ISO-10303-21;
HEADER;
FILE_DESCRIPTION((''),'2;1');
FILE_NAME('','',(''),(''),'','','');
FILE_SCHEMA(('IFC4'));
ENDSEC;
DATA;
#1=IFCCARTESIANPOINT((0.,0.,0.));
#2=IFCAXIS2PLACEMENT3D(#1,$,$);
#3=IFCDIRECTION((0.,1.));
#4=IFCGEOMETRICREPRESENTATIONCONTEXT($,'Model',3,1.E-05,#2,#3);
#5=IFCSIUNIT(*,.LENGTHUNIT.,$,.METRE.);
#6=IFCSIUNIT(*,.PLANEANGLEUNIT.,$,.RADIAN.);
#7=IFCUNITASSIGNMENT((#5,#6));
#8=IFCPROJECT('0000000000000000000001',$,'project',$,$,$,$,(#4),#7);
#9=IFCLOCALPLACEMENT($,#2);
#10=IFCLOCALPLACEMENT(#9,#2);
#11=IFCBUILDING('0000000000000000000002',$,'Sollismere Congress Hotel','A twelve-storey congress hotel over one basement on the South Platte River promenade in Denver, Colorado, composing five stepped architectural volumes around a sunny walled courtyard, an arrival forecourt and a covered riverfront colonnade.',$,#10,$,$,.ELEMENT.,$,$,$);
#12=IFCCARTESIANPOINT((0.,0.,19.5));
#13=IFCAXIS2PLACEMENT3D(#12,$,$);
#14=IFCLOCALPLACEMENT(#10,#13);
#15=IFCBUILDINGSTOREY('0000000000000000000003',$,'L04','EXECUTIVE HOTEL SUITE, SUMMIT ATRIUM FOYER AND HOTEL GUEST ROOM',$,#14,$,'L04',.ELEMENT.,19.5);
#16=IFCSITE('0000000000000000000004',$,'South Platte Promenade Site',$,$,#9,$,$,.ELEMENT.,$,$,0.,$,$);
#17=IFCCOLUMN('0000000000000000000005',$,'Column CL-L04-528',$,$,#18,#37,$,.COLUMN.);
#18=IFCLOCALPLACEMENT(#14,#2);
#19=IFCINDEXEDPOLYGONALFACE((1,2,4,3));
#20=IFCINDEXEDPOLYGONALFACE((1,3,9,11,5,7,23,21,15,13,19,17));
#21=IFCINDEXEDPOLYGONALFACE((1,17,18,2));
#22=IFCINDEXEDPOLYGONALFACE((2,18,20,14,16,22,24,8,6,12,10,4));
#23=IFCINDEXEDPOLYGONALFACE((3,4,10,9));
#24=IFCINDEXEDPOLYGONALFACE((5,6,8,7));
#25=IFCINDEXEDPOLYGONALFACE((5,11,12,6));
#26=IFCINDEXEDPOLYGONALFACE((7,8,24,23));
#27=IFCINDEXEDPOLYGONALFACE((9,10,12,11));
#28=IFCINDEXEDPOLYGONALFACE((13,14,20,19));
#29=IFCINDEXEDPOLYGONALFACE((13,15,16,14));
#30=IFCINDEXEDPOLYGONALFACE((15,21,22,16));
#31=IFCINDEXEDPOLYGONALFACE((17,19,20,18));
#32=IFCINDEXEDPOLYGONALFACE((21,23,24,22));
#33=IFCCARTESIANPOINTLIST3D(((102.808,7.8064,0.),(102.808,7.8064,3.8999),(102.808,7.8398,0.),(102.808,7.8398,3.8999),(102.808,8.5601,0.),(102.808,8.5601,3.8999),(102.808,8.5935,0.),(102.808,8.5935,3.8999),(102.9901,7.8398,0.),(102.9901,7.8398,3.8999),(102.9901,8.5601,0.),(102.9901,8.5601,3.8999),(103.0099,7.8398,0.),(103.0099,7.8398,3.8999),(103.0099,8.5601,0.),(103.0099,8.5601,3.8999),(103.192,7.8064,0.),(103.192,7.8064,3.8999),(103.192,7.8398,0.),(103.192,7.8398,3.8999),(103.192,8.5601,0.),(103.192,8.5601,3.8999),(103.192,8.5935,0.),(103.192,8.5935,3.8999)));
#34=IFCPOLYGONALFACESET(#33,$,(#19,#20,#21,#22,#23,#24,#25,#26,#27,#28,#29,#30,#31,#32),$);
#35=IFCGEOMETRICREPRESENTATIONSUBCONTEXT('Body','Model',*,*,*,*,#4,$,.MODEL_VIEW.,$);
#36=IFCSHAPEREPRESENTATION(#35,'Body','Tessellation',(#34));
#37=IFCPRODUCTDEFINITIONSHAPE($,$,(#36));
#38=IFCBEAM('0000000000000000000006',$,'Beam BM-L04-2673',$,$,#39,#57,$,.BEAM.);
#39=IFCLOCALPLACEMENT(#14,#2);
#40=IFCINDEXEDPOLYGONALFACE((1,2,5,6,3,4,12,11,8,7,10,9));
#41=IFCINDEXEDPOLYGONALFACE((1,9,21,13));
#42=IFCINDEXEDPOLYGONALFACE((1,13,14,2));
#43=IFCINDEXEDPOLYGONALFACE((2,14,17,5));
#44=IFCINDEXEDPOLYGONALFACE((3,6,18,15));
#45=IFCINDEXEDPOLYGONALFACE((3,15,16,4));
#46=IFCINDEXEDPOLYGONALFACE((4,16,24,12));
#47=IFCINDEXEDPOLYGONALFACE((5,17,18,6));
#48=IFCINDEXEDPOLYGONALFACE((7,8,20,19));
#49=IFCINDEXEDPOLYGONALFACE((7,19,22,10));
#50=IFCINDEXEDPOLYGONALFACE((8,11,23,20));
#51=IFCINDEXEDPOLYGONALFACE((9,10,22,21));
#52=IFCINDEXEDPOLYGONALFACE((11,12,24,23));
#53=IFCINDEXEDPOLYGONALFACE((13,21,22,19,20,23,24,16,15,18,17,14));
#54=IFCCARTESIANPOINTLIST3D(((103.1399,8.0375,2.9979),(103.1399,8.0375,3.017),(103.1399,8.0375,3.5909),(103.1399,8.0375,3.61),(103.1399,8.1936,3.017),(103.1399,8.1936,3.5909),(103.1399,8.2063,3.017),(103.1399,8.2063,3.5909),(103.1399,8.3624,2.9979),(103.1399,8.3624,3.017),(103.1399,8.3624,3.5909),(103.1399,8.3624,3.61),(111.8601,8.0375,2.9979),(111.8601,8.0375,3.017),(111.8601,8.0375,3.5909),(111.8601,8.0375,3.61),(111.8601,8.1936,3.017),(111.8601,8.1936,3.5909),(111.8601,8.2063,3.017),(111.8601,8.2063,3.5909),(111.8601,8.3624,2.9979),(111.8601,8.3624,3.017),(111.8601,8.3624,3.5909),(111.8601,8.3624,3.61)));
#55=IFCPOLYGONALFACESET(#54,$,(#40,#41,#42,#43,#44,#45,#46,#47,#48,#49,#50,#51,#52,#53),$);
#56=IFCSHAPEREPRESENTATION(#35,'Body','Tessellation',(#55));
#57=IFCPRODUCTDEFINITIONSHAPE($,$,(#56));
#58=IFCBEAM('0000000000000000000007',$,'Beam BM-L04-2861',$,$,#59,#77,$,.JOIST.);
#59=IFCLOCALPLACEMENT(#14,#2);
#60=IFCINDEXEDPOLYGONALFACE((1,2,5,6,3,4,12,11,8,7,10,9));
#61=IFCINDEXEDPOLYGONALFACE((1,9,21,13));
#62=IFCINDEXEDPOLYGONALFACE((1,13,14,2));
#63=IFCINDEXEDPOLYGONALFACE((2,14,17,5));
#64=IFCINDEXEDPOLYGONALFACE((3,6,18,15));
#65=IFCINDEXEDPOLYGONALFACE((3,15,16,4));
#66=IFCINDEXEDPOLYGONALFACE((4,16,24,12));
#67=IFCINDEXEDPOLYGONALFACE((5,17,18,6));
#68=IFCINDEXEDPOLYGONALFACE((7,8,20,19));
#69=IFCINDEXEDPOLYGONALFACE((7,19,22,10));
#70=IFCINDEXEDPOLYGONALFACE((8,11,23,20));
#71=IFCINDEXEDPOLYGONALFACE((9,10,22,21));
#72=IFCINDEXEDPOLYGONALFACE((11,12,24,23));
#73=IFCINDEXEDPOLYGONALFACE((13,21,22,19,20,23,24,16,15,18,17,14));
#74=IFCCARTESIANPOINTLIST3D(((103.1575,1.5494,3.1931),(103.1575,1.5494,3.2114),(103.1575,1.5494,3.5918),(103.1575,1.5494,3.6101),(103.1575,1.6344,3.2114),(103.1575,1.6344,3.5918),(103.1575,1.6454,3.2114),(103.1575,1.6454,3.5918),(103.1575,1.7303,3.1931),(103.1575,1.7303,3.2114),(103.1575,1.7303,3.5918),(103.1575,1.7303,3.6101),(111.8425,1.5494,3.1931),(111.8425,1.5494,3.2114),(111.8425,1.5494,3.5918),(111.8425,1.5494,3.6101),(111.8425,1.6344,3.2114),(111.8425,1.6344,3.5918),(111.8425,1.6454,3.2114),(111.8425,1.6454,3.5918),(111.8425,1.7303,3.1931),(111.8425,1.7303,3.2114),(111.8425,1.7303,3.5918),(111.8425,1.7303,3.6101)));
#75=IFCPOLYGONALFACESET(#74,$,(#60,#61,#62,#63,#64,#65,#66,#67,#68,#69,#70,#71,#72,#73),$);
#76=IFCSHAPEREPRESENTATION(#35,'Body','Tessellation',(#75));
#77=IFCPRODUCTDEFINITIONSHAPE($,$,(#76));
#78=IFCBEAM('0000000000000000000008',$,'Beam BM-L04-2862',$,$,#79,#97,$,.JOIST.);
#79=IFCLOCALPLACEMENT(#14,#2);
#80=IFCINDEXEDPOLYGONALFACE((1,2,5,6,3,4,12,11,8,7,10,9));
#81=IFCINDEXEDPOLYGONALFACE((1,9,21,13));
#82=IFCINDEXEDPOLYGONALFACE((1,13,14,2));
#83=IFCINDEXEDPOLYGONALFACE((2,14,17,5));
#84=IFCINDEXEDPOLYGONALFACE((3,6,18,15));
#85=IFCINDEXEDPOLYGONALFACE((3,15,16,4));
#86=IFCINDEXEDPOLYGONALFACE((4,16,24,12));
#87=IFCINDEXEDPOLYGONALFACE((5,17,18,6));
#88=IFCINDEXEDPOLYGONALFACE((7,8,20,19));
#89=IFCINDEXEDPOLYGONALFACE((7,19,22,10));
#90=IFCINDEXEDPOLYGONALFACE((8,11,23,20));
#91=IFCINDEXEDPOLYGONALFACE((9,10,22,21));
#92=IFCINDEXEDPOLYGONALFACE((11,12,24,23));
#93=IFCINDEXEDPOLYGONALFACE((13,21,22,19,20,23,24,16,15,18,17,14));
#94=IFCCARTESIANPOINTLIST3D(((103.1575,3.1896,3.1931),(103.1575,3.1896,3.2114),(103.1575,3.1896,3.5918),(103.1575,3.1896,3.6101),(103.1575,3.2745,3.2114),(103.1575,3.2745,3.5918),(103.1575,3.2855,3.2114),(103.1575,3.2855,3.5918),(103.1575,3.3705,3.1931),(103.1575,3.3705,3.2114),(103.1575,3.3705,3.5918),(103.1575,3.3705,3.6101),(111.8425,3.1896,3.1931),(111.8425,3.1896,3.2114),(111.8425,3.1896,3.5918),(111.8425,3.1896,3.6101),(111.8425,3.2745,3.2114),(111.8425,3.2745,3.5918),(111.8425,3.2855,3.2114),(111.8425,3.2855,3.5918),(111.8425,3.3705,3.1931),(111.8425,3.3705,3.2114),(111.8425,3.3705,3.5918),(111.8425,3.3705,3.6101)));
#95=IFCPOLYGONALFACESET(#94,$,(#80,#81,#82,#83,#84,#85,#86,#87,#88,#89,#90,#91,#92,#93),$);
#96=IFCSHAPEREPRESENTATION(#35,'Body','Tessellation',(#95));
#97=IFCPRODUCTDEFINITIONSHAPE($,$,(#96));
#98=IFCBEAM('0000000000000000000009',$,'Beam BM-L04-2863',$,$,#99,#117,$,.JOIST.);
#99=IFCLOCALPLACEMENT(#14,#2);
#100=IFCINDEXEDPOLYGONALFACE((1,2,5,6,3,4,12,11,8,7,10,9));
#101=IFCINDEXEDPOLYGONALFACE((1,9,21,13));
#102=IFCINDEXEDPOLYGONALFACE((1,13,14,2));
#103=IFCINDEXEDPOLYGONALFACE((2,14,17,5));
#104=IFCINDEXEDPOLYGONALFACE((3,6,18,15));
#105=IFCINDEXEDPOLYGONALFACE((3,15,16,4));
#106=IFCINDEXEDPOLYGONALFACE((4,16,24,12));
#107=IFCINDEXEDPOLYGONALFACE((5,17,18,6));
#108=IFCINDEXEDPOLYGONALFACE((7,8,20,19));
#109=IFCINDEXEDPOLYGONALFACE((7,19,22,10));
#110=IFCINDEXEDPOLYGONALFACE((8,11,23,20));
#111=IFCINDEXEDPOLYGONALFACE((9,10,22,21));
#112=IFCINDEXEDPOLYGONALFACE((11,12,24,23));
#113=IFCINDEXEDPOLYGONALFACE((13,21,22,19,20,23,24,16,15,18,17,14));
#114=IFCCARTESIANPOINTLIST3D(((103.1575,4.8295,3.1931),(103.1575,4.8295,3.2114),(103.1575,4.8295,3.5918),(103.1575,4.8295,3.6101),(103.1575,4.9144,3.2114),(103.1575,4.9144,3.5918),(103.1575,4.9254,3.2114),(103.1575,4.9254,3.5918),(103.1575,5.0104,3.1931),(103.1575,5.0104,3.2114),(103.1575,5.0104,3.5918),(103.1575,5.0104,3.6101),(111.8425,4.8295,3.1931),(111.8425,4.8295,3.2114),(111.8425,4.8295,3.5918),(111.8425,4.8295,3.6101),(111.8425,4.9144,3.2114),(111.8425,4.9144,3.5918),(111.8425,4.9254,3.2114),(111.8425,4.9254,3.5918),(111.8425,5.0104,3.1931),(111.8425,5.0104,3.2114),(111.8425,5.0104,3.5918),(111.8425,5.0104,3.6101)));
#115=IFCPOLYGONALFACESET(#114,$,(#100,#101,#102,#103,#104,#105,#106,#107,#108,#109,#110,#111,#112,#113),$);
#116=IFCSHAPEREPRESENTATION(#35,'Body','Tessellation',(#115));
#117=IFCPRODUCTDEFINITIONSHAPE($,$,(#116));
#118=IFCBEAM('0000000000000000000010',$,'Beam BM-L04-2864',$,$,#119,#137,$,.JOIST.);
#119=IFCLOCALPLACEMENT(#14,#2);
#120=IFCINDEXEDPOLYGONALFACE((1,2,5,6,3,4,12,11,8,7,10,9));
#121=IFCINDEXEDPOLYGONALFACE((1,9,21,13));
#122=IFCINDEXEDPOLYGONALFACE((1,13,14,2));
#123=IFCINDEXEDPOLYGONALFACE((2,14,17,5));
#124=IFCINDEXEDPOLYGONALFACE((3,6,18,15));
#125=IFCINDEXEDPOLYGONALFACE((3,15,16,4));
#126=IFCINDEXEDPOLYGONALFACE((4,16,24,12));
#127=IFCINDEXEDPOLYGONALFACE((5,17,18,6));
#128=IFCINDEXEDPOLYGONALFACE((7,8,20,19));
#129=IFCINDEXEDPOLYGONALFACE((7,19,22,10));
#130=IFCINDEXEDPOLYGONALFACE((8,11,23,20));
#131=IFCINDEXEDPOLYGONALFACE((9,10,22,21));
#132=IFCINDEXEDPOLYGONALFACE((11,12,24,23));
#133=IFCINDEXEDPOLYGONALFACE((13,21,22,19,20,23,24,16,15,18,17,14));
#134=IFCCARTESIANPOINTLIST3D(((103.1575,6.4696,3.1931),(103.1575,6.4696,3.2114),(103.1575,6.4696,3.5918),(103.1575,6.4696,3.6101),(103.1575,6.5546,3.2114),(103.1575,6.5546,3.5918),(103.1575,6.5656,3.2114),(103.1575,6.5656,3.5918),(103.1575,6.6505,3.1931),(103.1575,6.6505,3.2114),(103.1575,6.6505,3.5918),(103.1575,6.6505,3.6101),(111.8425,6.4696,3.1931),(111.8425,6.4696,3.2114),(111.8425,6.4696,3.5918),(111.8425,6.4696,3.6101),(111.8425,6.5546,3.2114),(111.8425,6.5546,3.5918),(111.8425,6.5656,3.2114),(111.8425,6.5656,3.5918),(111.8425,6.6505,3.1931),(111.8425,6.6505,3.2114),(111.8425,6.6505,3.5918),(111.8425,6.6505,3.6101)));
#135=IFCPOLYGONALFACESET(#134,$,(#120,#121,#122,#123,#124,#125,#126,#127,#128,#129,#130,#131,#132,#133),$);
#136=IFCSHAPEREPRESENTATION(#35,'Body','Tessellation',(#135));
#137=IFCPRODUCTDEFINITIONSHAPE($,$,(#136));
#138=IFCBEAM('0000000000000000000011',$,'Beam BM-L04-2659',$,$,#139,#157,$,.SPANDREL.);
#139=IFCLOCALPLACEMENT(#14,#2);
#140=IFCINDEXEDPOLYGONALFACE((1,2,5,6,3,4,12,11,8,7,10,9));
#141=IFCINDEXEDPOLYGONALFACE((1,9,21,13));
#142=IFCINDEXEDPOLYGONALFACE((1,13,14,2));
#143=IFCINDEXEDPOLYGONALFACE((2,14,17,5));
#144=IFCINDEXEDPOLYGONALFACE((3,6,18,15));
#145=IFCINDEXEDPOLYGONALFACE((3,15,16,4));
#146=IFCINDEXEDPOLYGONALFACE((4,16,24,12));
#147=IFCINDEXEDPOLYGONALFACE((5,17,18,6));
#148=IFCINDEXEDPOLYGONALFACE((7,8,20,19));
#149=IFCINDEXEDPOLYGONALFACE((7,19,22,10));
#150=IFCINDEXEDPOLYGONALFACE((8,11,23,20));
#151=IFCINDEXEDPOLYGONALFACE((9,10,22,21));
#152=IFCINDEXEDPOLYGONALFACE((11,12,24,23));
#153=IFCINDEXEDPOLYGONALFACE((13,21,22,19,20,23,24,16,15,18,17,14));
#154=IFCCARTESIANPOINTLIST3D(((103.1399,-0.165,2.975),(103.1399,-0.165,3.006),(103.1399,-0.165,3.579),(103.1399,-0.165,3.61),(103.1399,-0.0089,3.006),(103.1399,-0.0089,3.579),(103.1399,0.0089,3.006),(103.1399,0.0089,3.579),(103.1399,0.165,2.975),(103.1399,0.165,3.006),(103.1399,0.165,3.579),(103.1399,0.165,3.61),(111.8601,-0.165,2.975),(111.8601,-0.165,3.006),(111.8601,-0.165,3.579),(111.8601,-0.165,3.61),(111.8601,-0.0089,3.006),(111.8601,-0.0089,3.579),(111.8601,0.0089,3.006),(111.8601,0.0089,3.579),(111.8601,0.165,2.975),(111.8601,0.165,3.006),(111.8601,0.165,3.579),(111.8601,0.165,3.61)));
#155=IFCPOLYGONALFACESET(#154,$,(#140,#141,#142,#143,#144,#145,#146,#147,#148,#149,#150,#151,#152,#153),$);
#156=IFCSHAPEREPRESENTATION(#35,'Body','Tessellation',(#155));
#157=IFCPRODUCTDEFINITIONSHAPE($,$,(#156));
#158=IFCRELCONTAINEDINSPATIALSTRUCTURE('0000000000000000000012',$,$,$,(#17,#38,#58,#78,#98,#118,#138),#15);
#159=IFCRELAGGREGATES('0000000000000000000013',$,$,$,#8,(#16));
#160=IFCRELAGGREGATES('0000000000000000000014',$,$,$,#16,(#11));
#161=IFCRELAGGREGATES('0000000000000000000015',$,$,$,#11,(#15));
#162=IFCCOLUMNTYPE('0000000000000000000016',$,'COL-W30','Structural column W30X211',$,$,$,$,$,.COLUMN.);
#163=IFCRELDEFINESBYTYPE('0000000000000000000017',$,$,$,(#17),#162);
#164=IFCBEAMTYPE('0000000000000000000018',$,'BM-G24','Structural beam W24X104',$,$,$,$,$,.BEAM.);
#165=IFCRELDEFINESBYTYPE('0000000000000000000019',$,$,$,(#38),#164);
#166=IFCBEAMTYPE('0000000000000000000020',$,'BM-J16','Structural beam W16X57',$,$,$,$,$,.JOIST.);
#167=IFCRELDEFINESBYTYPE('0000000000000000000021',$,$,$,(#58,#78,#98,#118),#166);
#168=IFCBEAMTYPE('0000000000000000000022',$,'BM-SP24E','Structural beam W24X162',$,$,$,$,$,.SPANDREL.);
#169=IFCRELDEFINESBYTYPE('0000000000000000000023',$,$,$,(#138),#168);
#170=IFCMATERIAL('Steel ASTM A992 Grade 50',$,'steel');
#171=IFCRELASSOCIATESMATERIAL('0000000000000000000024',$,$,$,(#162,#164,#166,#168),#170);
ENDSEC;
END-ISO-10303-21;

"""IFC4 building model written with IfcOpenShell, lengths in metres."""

from ifc_helpers import new_model, si_unit, direction, frame, origin, origin_2d, place, context, subcontext, project, spatial, i_section, extrude, material, material_profile, profile_set, type_object, element, save


model = new_model("IFC4")

# Units and contexts
model_context = context("Model", 3, precision=1e-05, world=origin(), true_north=direction((0.0, 1.0)))
body_context = subcontext(model_context, "Body", "Model", "MODEL_VIEW")
ifc_project = project(units=[si_unit("LENGTHUNIT", "METRE"), si_unit("PLANEANGLEUNIT", "RADIAN")], contexts=[model_context])

# Site, building, storey
site_placement = place(None, origin())
site = spatial("IfcSite", under=ifc_project, at=site_placement, Name="South Platte Promenade Site", CompositionType="ELEMENT", RefElevation=0.0)
building_placement = place(site_placement, origin())
building = spatial("IfcBuilding", under=site, at=building_placement, Name="Sollismere Congress Hotel", Description="A twelve-storey congress hotel over one basement on the South Platte River promenade in Denver, Colorado, composing five stepped architectural volumes around a sunny walled courtyard, an arrival forecourt and a covered riverfront colonnade.", CompositionType="ELEMENT")
storey_placement = place(building_placement, frame((0.0, 0.0, 19.5)))
storey = spatial("IfcBuildingStorey", under=building, at=storey_placement, Name="L04", Description="EXECUTIVE HOTEL SUITE, SUMMIT ATRIUM FOYER AND HOTEL GUEST ROOM", LongName="L04", CompositionType="ELEMENT", Elevation=19.5)

# Column
ifc_material_1 = material(Name="Steel ASTM A992 Grade 50", Category="steel")
ifc_material_profile_1 = material_profile(ifc_material_1, i_section(OverallWidth=0.384, OverallDepth=0.7871, WebThickness=0.0198, FlangeThickness=0.0334, at=origin_2d()), Name="W30X211")
ifc_profile_set_1 = profile_set([ifc_material_profile_1], Name="Steel ASTM A992 Grade 50")
column_type = type_object("IfcColumnType", Name="COL-W30", Description="Structural column W30X211", PredefinedType="COLUMN", material=ifc_profile_set_1)
column_placement = place(storey_placement, frame((103.0, 8.2, 0.0), z_axis=(0.0, 0.0, 1.0), x_axis=(1.0, 0.0, 0.0)))
element("IfcColumn", 1, at=column_placement, inside=storey, type_object=column_type, Name="Column CL-L04-528", PredefinedType="COLUMN", context=body_context, shape_type="SweptSolid", body=[
    extrude(i_section(OverallWidth=0.384, OverallDepth=0.7871, WebThickness=0.0198, FlangeThickness=0.0334, at=origin_2d()), origin(), (0.0, 0.0, 1.0), 3.8999),
])

# Beams
ifc_material_profile_2 = material_profile(ifc_material_1, i_section(OverallWidth=0.325, OverallDepth=0.6121, WebThickness=0.0127, FlangeThickness=0.019, at=origin_2d()), Name="W24X104")
ifc_profile_set_2 = profile_set([ifc_material_profile_2], Name="Steel ASTM A992 Grade 50")
beam_type_1 = type_object("IfcBeamType", Name="BM-G24", Description="Structural beam W24X104", PredefinedType="BEAM", material=ifc_profile_set_2)
beam_1_placement = place(storey_placement, frame((103.1399, 8.2, 3.304), z_axis=(1.0, 0.0, 0.0), x_axis=(0.0, 1.0, 0.0)))
element("IfcBeam", 2, at=beam_1_placement, inside=storey, type_object=beam_type_1, Name="Beam BM-L04-2673", PredefinedType="BEAM", context=body_context, shape_type="SweptSolid", body=[
    extrude(i_section(OverallWidth=0.325, OverallDepth=0.6121, WebThickness=0.0127, FlangeThickness=0.019, at=origin_2d()), origin(), (0.0, 0.0, 1.0), 8.7202),
])
ifc_material_profile_3 = material_profile(ifc_material_1, i_section(OverallWidth=0.1809, OverallDepth=0.417, WebThickness=0.011, FlangeThickness=0.0183, at=origin_2d()), Name="W16X57")
ifc_profile_set_3 = profile_set([ifc_material_profile_3], Name="Steel ASTM A992 Grade 50")
beam_type_2 = type_object("IfcBeamType", Name="BM-J16", Description="Structural beam W16X57", PredefinedType="JOIST", material=ifc_profile_set_3)
for number, where, z_axis, x_axis, name in (
    (3, (103.1575, 1.6399, 3.4016), (1.0, 0.0, 0.0), (0.0, 1.0, 0.0), "Beam BM-L04-2861"),
    (4, (103.1575, 3.28, 3.4016), (1.0, 0.0, 0.0), (0.0, 1.0, 0.0), "Beam BM-L04-2862"),
    (5, (103.1575, 4.9199, 3.4016), (1.0, 0.0, 0.0), (0.0, 1.0, 0.0), "Beam BM-L04-2863"),
    (6, (103.1575, 6.5601, 3.4016), (1.0, 0.0, 0.0), (0.0, 1.0, 0.0), "Beam BM-L04-2864"),
):
    element("IfcBeam", number, at=place(storey_placement, frame(where, z_axis=z_axis, x_axis=x_axis)), inside=storey, type_object=beam_type_2, Name=name, PredefinedType="JOIST", context=body_context, shape_type="SweptSolid", body=[
        extrude(i_section(OverallWidth=0.1809, OverallDepth=0.417, WebThickness=0.011, FlangeThickness=0.0183, at=origin_2d()), origin(), (0.0, 0.0, 1.0), 8.6851),
    ])
ifc_material_profile_4 = material_profile(ifc_material_1, i_section(OverallWidth=0.3301, OverallDepth=0.635, WebThickness=0.0178, FlangeThickness=0.031, at=origin_2d()), Name="W24X162")
ifc_profile_set_4 = profile_set([ifc_material_profile_4], Name="Steel ASTM A992 Grade 50")
beam_type_3 = type_object("IfcBeamType", Name="BM-SP24E", Description="Structural beam W24X162", PredefinedType="SPANDREL", material=ifc_profile_set_4)
beam_2_placement = place(storey_placement, frame((103.1399, 0.0, 3.2925), z_axis=(1.0, 0.0, 0.0), x_axis=(0.0, 1.0, 0.0)))
element("IfcBeam", 7, at=beam_2_placement, inside=storey, type_object=beam_type_3, Name="Beam BM-L04-2659", PredefinedType="SPANDREL", context=body_context, shape_type="SweptSolid", body=[
    extrude(i_section(OverallWidth=0.3301, OverallDepth=0.635, WebThickness=0.0178, FlangeThickness=0.031, at=origin_2d()), origin(), (0.0, 0.0, 1.0), 8.7202),
])

save(model, "model.ifc")
